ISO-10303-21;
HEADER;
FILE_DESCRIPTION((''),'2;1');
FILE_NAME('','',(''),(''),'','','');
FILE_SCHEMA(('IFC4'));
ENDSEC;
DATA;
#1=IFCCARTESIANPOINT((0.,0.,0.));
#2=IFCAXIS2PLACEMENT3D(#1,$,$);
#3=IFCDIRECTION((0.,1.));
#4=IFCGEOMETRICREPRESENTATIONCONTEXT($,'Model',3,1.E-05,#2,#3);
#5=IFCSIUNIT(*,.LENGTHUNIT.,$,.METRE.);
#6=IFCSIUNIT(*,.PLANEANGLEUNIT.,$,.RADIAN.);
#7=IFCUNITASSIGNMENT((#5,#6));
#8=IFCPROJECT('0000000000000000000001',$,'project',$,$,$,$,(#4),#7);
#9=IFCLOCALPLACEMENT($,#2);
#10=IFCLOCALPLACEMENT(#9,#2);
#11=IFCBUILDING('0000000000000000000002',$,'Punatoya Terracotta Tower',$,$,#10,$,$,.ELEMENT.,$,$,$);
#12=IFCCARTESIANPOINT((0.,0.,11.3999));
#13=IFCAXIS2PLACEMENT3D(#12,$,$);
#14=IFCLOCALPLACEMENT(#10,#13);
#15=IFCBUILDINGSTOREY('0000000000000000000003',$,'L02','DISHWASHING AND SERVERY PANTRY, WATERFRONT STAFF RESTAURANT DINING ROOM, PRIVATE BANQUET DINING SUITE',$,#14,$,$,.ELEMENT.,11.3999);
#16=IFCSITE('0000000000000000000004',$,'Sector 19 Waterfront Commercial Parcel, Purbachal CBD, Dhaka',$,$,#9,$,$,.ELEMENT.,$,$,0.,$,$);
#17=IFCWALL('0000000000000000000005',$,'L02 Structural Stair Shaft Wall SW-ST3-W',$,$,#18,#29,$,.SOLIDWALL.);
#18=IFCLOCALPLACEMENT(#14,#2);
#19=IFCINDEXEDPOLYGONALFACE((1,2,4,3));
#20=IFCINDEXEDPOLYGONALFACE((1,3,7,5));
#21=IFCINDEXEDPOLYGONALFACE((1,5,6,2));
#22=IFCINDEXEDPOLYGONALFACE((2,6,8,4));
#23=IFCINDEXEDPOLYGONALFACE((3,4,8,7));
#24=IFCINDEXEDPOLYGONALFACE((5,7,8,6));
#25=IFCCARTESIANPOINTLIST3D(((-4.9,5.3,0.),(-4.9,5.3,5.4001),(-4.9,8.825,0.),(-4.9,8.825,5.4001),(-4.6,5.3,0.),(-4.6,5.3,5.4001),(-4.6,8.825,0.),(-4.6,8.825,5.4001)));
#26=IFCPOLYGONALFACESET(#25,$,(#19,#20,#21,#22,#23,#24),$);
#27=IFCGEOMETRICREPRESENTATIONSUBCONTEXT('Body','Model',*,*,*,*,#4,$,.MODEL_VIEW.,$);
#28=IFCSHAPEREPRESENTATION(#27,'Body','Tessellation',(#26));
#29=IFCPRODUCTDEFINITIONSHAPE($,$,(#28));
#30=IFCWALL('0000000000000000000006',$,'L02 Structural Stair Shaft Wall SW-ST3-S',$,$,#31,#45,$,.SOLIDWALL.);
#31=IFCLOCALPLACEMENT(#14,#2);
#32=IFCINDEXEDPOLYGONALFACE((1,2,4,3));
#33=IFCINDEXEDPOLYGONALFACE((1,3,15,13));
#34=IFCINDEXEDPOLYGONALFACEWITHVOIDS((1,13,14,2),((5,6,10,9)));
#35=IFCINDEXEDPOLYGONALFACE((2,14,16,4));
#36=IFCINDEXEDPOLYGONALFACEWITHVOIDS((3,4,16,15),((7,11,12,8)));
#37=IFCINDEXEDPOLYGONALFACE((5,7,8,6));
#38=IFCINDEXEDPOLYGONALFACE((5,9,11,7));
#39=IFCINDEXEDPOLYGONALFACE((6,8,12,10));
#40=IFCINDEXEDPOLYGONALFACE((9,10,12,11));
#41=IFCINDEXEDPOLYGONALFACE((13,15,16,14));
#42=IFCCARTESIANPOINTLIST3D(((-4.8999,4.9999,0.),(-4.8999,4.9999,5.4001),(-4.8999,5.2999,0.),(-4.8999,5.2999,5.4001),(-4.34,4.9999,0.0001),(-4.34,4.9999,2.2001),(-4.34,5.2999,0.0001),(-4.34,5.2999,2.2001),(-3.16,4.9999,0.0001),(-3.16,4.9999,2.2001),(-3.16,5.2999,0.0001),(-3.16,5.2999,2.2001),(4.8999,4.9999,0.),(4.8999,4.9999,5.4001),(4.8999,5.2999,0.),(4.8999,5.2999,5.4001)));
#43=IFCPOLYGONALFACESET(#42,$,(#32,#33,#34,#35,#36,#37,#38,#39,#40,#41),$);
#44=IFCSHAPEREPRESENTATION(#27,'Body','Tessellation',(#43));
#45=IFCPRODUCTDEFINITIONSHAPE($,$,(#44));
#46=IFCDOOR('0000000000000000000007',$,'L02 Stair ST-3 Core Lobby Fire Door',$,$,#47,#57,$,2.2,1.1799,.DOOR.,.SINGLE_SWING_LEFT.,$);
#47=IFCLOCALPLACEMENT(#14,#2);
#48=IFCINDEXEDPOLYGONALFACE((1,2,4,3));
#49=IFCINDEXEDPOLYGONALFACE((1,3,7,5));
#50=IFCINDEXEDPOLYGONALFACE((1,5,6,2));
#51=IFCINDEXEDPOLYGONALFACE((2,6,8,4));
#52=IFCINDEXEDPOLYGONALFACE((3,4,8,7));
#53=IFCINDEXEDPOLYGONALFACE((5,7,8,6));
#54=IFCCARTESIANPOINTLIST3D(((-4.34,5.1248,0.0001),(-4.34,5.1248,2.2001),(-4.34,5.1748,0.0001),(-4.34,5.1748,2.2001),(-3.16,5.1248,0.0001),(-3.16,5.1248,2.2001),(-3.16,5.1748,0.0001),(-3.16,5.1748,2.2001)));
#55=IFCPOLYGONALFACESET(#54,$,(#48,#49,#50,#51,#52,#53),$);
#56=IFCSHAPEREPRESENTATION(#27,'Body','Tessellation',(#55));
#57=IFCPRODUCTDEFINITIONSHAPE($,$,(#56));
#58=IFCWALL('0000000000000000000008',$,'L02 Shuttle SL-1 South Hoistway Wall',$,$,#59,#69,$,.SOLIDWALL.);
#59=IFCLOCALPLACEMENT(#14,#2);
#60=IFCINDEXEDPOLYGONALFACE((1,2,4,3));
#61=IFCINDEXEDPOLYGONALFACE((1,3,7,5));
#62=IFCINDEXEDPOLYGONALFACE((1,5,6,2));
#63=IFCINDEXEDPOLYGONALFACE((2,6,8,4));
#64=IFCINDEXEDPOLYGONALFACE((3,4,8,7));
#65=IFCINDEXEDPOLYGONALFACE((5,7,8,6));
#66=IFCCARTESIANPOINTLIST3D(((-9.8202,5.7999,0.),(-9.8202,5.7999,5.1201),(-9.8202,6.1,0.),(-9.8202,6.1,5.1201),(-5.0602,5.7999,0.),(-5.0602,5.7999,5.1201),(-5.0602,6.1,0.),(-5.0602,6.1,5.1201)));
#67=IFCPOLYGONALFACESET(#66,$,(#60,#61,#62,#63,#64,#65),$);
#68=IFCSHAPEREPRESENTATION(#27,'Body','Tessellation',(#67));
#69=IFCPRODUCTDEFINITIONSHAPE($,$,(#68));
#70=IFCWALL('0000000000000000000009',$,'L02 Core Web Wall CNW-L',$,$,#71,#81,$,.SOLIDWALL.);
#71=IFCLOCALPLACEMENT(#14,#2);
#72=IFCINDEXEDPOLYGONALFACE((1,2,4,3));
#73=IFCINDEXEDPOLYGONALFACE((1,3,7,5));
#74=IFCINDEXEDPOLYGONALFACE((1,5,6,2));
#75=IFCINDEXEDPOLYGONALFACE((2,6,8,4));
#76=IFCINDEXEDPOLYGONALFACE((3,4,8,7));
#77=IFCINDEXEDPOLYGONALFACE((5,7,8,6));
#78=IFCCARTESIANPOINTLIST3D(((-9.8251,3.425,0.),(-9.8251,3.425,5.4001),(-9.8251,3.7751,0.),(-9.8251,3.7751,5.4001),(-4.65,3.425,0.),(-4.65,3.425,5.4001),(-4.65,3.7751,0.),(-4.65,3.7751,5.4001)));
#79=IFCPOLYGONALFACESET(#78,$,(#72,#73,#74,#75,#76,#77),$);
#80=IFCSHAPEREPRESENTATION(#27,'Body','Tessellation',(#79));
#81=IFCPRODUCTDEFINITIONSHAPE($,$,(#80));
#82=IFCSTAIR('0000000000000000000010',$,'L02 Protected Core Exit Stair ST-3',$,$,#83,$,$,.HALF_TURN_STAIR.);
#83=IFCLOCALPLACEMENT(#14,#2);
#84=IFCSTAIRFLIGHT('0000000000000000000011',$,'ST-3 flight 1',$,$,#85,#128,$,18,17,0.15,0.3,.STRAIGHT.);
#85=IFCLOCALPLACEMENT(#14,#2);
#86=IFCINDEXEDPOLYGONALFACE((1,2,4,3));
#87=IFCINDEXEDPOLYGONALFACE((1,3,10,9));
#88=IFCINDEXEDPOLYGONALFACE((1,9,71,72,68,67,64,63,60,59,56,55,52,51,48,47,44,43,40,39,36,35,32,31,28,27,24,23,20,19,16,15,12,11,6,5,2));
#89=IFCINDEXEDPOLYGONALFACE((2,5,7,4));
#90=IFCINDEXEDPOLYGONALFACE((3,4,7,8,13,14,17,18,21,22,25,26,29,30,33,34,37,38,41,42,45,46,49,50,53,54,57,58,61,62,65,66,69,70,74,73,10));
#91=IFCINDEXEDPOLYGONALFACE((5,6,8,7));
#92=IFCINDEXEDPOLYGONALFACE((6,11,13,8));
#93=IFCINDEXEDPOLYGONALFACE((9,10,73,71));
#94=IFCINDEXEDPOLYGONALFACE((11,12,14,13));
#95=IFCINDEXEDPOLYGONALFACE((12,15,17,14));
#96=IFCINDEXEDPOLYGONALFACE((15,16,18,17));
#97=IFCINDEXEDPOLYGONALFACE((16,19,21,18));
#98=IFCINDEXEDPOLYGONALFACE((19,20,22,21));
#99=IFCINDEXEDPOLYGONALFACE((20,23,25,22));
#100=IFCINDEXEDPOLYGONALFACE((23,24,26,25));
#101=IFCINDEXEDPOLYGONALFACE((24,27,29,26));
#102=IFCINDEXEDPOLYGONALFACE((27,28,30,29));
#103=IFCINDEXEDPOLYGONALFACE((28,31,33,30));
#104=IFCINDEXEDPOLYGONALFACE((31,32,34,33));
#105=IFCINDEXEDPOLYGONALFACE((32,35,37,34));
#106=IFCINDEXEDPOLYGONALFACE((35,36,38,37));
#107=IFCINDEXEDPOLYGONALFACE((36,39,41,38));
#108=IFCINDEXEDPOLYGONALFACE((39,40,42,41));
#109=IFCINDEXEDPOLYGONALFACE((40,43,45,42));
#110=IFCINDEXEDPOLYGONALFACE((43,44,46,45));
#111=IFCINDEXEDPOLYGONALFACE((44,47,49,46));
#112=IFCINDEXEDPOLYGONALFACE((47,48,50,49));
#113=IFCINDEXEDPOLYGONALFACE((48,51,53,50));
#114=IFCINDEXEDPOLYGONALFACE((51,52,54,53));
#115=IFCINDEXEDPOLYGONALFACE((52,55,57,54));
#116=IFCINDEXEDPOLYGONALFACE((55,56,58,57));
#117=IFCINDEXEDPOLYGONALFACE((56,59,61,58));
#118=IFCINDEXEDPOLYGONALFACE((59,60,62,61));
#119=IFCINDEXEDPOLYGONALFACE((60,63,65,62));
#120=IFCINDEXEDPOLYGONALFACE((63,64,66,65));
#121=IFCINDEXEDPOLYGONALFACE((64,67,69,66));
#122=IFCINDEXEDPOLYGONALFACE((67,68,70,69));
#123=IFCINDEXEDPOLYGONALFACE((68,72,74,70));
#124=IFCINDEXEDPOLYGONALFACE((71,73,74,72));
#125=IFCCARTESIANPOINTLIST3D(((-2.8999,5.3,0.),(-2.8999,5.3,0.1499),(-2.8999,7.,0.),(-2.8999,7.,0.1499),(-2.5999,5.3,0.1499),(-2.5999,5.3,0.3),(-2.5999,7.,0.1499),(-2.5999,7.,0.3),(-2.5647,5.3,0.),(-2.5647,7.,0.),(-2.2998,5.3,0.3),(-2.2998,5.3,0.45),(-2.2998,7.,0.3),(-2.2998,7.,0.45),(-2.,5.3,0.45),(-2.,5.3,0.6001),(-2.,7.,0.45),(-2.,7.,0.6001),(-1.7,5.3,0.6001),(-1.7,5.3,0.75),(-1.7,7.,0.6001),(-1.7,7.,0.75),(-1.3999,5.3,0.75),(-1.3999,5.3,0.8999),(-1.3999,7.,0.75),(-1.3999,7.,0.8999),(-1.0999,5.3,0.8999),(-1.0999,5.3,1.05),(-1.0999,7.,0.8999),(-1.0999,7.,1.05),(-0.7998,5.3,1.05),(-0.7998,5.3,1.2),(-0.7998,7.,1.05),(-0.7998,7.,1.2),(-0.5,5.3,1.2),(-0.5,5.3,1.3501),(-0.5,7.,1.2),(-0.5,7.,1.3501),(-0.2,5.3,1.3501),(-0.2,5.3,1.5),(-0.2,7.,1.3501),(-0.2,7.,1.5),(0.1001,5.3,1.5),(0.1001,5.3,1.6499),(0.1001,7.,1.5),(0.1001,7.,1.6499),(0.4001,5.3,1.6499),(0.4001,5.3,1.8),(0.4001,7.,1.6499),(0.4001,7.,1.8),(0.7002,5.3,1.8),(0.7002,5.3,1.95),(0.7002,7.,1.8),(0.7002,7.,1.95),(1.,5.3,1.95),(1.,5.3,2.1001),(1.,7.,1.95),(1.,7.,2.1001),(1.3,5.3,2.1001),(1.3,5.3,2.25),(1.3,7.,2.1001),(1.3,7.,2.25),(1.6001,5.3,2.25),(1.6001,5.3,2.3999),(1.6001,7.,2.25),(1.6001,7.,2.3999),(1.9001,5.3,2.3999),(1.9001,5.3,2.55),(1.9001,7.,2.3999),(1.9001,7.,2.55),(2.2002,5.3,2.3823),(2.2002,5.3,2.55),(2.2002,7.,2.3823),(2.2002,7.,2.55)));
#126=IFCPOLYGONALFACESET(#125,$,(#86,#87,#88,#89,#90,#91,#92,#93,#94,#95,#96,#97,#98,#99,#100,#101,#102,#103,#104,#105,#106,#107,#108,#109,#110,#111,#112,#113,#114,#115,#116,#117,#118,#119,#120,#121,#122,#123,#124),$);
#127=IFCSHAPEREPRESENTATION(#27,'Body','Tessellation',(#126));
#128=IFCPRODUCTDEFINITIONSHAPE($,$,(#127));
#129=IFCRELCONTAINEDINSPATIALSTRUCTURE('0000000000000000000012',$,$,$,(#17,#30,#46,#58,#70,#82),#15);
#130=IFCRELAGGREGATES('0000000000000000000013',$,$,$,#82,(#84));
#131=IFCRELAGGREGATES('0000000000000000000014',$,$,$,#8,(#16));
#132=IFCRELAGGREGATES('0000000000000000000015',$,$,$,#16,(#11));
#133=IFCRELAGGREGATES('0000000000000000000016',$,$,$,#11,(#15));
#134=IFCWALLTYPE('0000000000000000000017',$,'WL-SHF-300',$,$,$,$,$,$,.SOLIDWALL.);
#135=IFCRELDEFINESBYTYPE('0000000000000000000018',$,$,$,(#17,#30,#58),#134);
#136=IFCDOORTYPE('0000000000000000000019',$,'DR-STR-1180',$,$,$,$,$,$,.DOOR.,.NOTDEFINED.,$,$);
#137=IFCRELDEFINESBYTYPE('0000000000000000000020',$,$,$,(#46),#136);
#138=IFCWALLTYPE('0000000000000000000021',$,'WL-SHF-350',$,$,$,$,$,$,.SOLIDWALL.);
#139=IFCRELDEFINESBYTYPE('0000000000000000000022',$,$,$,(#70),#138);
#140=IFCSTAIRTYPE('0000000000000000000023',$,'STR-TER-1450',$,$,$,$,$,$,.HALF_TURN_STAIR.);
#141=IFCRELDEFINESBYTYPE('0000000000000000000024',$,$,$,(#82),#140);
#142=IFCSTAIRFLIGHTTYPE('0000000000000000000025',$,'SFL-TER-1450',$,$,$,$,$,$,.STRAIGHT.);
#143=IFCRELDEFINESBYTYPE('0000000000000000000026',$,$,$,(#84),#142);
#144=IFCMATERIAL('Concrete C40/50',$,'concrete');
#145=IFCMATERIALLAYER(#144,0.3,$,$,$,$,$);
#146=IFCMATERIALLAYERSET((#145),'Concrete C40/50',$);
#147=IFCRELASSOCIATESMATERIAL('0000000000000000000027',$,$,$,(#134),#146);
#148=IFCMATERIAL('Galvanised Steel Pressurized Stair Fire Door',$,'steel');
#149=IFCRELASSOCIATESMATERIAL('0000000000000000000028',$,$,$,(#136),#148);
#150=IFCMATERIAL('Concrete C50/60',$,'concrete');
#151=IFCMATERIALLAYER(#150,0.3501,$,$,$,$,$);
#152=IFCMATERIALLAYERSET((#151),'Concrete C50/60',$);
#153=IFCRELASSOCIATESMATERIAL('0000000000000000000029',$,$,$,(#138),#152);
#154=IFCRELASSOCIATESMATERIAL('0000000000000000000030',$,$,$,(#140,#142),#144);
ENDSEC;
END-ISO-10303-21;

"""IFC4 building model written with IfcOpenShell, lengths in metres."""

from ifc_helpers import new_model, si_unit, direction, frame, frame_2d, origin, place, context, subcontext, project, spatial, polyline, rectangle, outline, extrude, material, layer, layer_set, type_object, element, fill, aggregate, save


model = new_model("IFC4")

# Units and contexts
model_context = context("Model", 3, precision=1e-05, world=origin(), true_north=direction((0.0, 1.0)))
body_context = subcontext(model_context, "Body", "Model", "MODEL_VIEW")
ifc_project = project(units=[si_unit("LENGTHUNIT", "METRE"), si_unit("PLANEANGLEUNIT", "RADIAN")], contexts=[model_context])

# Site, building, storey
site_placement = place(None, origin())
site = spatial("IfcSite", under=ifc_project, at=site_placement, Name="Sector 19 Waterfront Commercial Parcel, Purbachal CBD, Dhaka", CompositionType="ELEMENT", RefElevation=0.0)
building_placement = place(site_placement, origin())
building = spatial("IfcBuilding", under=site, at=building_placement, Name="Punatoya Terracotta Tower", CompositionType="ELEMENT")
storey_placement = place(building_placement, frame((0.0, 0.0, 11.3999)))
storey = spatial("IfcBuildingStorey", under=building, at=storey_placement, Name="L02", Description="DISHWASHING AND SERVERY PANTRY, WATERFRONT STAFF RESTAURANT DINING ROOM, PRIVATE BANQUET DINING SUITE", CompositionType="ELEMENT", Elevation=11.3999)

# Shared definitions
ifc_material_1 = material(Name="Concrete C50/60", Category="concrete")

# Wall
ifc_material_2 = material(Name="Concrete C40/50", Category="concrete")
ifc_layer_1 = layer(ifc_material_2, 0.3)
ifc_layer_set_1 = layer_set([ifc_layer_1], Name="Concrete C40/50")
wall_type_1 = type_object("IfcWallType", Name="WL-SHF-300", PredefinedType="SOLIDWALL", material=ifc_layer_set_1)
wall_1_placement = place(storey_placement, frame((-4.75, 5.3, 0.0), z_axis=(0.0, 0.0, 1.0), x_axis=(0.0, 1.0, 0.0)))
element("IfcWall", 1, at=wall_1_placement, inside=storey, type_object=wall_type_1, Name="L02 Structural Stair Shaft Wall SW-ST3-W", PredefinedType="SOLIDWALL", context=body_context, shape_type="SweptSolid", body=[
    extrude(rectangle(XDim=3.5249, YDim=0.3, at=frame_2d((1.7625, 0.0))), origin(), (0.0, 0.0, 1.0), 5.4001),
])

# Wall, opening, door
wall_2_placement = place(storey_placement, frame((-4.8999, 5.1499, 0.0), z_axis=(0.0, 0.0, 1.0), x_axis=(1.0, 0.0, 0.0)))
wall_2 = element("IfcWall", 2, at=wall_2_placement, inside=storey, type_object=wall_type_1, Name="L02 Structural Stair Shaft Wall SW-ST3-S", PredefinedType="SOLIDWALL", context=body_context, shape_type="SweptSolid", body=[
    extrude(rectangle(XDim=9.7998, YDim=0.3, at=frame_2d((4.8999, 0.0))), origin(), (0.0, 0.0, 1.0), 5.4001),
])
opening_placement = place(wall_2_placement, frame((0.5601, 0.0, 0.0)))
opening = element("IfcOpeningElement", 3, at=opening_placement, cuts=wall_2, PredefinedType="OPENING", context=body_context, shape_type="SweptSolid", body=[
    extrude(rectangle(XDim=1.1799, YDim=2.2, at=frame_2d((0.5898, 1.1001))), frame((0.0, 0.1599, 0.0), z_axis=(0.0, -1.0, 0.0), x_axis=(1.0, 0.0, 0.0)), (0.0, 0.0, 1.0), 0.3201),
])
ifc_material_3 = material(Name="Galvanised Steel Pressurized Stair Fire Door", Category="steel")
door_type = type_object("IfcDoorType", Name="DR-STR-1180", OperationType="NOTDEFINED", PredefinedType="DOOR", material=ifc_material_3)
door_placement = place(opening_placement, origin())
door = element("IfcDoor", 4, at=door_placement, inside=storey, type_object=door_type, Name="L02 Stair ST-3 Core Lobby Fire Door", OperationType="SINGLE_SWING_LEFT", OverallHeight=2.2, OverallWidth=1.1799, PredefinedType="DOOR", context=body_context, shape_type="SweptSolid", body=[
    extrude(rectangle(XDim=1.1799, YDim=2.2, at=frame_2d((0.5898, 1.1001))), frame((0.0, 0.0249, 0.0), z_axis=(0.0, -1.0, 0.0), x_axis=(1.0, 0.0, 0.0)), (0.0, 0.0, 1.0), 0.05),
])
fill(opening, door)

# Walls
wall_3_placement = place(storey_placement, frame((-9.8201, 5.95, 0.0), z_axis=(0.0, 0.0, 1.0), x_axis=(1.0, 0.0, 0.0)))
element("IfcWall", 5, at=wall_3_placement, inside=storey, type_object=wall_type_1, Name="L02 Shuttle SL-1 South Hoistway Wall", PredefinedType="SOLIDWALL", context=body_context, shape_type="SweptSolid", body=[
    extrude(rectangle(XDim=4.76, YDim=0.3, at=frame_2d((2.3799, 0.0))), origin(), (0.0, 0.0, 1.0), 5.1201),
])
ifc_layer_2 = layer(ifc_material_1, 0.3501)
ifc_layer_set_2 = layer_set([ifc_layer_2], Name="Concrete C50/60")
wall_type_2 = type_object("IfcWallType", Name="WL-SHF-350", PredefinedType="SOLIDWALL", material=ifc_layer_set_2)
wall_4_placement = place(storey_placement, frame((-9.825, 3.6001, 0.0), z_axis=(0.0, 0.0, 1.0), x_axis=(1.0, 0.0, 0.0)))
element("IfcWall", 6, at=wall_4_placement, inside=storey, type_object=wall_type_2, Name="L02 Core Web Wall CNW-L", PredefinedType="SOLIDWALL", context=body_context, shape_type="SweptSolid", body=[
    extrude(rectangle(XDim=5.175, YDim=0.3501, at=frame_2d((2.5874, 0.0))), origin(), (0.0, 0.0, 1.0), 5.4001),
])

# Stair, stair flight
stair_type = type_object("IfcStairType", Name="STR-TER-1450", PredefinedType="HALF_TURN_STAIR", material=ifc_material_2)
stair_placement = place(storey_placement, origin())
stair = element("IfcStair", 7, at=stair_placement, inside=storey, type_object=stair_type, Name="L02 Protected Core Exit Stair ST-3", PredefinedType="HALF_TURN_STAIR")
stair_flight_type = type_object("IfcStairFlightType", Name="SFL-TER-1450", PredefinedType="STRAIGHT", material=ifc_material_2)
stair_flight_placement = place(storey_placement, frame((-2.8999, 6.1499, 0.0), z_axis=(0.0, 0.0, 1.0), x_axis=(1.0, 0.0, 0.0)))
stair_flight = element("IfcStairFlight", 8, at=stair_flight_placement, type_object=stair_flight_type, Name="ST-3 flight 1", NumberOfRisers=18, NumberOfTreads=17, PredefinedType="STRAIGHT", RiserHeight=0.15, TreadLength=0.3, context=body_context, shape_type="SweptSolid", body=[
    extrude(outline(polyline([(0.0, 0.0), (0.0, 0.1499), (0.3, 0.1499), (0.3, 0.3), (0.6001, 0.3), (0.6001, 0.45), (0.8999, 0.45), (0.8999, 0.6001), (1.2, 0.6001), (1.2, 0.75), (1.5, 0.75), (1.5, 0.8999), (1.8, 0.8999), (1.8, 1.05), (2.1001, 1.05), (2.1001, 1.2), (2.3999, 1.2), (2.3999, 1.3501), (2.7, 1.3501), (2.7, 1.5), (3.0, 1.5), (3.0, 1.6499), (3.3, 1.6499), (3.3, 1.8), (3.6001, 1.8), (3.6001, 1.95), (3.8999, 1.95), (3.8999, 2.1001), (4.2, 2.1001), (4.2, 2.25), (4.5, 2.25), (4.5, 2.3999), (4.8, 2.3999), (4.8, 2.55), (5.1001, 2.55), (5.1001, 2.7), (5.1001, 2.3823), (0.3352, 0.0), (0.0, 0.0)])), frame((0.0, 0.8501, 0.0), z_axis=(0.0, -1.0, 0.0), x_axis=(1.0, 0.0, 0.0)), (0.0, 0.0, 1.0), 1.7),
])
aggregate(stair, [stair_flight])

save(model, "model.ifc")
